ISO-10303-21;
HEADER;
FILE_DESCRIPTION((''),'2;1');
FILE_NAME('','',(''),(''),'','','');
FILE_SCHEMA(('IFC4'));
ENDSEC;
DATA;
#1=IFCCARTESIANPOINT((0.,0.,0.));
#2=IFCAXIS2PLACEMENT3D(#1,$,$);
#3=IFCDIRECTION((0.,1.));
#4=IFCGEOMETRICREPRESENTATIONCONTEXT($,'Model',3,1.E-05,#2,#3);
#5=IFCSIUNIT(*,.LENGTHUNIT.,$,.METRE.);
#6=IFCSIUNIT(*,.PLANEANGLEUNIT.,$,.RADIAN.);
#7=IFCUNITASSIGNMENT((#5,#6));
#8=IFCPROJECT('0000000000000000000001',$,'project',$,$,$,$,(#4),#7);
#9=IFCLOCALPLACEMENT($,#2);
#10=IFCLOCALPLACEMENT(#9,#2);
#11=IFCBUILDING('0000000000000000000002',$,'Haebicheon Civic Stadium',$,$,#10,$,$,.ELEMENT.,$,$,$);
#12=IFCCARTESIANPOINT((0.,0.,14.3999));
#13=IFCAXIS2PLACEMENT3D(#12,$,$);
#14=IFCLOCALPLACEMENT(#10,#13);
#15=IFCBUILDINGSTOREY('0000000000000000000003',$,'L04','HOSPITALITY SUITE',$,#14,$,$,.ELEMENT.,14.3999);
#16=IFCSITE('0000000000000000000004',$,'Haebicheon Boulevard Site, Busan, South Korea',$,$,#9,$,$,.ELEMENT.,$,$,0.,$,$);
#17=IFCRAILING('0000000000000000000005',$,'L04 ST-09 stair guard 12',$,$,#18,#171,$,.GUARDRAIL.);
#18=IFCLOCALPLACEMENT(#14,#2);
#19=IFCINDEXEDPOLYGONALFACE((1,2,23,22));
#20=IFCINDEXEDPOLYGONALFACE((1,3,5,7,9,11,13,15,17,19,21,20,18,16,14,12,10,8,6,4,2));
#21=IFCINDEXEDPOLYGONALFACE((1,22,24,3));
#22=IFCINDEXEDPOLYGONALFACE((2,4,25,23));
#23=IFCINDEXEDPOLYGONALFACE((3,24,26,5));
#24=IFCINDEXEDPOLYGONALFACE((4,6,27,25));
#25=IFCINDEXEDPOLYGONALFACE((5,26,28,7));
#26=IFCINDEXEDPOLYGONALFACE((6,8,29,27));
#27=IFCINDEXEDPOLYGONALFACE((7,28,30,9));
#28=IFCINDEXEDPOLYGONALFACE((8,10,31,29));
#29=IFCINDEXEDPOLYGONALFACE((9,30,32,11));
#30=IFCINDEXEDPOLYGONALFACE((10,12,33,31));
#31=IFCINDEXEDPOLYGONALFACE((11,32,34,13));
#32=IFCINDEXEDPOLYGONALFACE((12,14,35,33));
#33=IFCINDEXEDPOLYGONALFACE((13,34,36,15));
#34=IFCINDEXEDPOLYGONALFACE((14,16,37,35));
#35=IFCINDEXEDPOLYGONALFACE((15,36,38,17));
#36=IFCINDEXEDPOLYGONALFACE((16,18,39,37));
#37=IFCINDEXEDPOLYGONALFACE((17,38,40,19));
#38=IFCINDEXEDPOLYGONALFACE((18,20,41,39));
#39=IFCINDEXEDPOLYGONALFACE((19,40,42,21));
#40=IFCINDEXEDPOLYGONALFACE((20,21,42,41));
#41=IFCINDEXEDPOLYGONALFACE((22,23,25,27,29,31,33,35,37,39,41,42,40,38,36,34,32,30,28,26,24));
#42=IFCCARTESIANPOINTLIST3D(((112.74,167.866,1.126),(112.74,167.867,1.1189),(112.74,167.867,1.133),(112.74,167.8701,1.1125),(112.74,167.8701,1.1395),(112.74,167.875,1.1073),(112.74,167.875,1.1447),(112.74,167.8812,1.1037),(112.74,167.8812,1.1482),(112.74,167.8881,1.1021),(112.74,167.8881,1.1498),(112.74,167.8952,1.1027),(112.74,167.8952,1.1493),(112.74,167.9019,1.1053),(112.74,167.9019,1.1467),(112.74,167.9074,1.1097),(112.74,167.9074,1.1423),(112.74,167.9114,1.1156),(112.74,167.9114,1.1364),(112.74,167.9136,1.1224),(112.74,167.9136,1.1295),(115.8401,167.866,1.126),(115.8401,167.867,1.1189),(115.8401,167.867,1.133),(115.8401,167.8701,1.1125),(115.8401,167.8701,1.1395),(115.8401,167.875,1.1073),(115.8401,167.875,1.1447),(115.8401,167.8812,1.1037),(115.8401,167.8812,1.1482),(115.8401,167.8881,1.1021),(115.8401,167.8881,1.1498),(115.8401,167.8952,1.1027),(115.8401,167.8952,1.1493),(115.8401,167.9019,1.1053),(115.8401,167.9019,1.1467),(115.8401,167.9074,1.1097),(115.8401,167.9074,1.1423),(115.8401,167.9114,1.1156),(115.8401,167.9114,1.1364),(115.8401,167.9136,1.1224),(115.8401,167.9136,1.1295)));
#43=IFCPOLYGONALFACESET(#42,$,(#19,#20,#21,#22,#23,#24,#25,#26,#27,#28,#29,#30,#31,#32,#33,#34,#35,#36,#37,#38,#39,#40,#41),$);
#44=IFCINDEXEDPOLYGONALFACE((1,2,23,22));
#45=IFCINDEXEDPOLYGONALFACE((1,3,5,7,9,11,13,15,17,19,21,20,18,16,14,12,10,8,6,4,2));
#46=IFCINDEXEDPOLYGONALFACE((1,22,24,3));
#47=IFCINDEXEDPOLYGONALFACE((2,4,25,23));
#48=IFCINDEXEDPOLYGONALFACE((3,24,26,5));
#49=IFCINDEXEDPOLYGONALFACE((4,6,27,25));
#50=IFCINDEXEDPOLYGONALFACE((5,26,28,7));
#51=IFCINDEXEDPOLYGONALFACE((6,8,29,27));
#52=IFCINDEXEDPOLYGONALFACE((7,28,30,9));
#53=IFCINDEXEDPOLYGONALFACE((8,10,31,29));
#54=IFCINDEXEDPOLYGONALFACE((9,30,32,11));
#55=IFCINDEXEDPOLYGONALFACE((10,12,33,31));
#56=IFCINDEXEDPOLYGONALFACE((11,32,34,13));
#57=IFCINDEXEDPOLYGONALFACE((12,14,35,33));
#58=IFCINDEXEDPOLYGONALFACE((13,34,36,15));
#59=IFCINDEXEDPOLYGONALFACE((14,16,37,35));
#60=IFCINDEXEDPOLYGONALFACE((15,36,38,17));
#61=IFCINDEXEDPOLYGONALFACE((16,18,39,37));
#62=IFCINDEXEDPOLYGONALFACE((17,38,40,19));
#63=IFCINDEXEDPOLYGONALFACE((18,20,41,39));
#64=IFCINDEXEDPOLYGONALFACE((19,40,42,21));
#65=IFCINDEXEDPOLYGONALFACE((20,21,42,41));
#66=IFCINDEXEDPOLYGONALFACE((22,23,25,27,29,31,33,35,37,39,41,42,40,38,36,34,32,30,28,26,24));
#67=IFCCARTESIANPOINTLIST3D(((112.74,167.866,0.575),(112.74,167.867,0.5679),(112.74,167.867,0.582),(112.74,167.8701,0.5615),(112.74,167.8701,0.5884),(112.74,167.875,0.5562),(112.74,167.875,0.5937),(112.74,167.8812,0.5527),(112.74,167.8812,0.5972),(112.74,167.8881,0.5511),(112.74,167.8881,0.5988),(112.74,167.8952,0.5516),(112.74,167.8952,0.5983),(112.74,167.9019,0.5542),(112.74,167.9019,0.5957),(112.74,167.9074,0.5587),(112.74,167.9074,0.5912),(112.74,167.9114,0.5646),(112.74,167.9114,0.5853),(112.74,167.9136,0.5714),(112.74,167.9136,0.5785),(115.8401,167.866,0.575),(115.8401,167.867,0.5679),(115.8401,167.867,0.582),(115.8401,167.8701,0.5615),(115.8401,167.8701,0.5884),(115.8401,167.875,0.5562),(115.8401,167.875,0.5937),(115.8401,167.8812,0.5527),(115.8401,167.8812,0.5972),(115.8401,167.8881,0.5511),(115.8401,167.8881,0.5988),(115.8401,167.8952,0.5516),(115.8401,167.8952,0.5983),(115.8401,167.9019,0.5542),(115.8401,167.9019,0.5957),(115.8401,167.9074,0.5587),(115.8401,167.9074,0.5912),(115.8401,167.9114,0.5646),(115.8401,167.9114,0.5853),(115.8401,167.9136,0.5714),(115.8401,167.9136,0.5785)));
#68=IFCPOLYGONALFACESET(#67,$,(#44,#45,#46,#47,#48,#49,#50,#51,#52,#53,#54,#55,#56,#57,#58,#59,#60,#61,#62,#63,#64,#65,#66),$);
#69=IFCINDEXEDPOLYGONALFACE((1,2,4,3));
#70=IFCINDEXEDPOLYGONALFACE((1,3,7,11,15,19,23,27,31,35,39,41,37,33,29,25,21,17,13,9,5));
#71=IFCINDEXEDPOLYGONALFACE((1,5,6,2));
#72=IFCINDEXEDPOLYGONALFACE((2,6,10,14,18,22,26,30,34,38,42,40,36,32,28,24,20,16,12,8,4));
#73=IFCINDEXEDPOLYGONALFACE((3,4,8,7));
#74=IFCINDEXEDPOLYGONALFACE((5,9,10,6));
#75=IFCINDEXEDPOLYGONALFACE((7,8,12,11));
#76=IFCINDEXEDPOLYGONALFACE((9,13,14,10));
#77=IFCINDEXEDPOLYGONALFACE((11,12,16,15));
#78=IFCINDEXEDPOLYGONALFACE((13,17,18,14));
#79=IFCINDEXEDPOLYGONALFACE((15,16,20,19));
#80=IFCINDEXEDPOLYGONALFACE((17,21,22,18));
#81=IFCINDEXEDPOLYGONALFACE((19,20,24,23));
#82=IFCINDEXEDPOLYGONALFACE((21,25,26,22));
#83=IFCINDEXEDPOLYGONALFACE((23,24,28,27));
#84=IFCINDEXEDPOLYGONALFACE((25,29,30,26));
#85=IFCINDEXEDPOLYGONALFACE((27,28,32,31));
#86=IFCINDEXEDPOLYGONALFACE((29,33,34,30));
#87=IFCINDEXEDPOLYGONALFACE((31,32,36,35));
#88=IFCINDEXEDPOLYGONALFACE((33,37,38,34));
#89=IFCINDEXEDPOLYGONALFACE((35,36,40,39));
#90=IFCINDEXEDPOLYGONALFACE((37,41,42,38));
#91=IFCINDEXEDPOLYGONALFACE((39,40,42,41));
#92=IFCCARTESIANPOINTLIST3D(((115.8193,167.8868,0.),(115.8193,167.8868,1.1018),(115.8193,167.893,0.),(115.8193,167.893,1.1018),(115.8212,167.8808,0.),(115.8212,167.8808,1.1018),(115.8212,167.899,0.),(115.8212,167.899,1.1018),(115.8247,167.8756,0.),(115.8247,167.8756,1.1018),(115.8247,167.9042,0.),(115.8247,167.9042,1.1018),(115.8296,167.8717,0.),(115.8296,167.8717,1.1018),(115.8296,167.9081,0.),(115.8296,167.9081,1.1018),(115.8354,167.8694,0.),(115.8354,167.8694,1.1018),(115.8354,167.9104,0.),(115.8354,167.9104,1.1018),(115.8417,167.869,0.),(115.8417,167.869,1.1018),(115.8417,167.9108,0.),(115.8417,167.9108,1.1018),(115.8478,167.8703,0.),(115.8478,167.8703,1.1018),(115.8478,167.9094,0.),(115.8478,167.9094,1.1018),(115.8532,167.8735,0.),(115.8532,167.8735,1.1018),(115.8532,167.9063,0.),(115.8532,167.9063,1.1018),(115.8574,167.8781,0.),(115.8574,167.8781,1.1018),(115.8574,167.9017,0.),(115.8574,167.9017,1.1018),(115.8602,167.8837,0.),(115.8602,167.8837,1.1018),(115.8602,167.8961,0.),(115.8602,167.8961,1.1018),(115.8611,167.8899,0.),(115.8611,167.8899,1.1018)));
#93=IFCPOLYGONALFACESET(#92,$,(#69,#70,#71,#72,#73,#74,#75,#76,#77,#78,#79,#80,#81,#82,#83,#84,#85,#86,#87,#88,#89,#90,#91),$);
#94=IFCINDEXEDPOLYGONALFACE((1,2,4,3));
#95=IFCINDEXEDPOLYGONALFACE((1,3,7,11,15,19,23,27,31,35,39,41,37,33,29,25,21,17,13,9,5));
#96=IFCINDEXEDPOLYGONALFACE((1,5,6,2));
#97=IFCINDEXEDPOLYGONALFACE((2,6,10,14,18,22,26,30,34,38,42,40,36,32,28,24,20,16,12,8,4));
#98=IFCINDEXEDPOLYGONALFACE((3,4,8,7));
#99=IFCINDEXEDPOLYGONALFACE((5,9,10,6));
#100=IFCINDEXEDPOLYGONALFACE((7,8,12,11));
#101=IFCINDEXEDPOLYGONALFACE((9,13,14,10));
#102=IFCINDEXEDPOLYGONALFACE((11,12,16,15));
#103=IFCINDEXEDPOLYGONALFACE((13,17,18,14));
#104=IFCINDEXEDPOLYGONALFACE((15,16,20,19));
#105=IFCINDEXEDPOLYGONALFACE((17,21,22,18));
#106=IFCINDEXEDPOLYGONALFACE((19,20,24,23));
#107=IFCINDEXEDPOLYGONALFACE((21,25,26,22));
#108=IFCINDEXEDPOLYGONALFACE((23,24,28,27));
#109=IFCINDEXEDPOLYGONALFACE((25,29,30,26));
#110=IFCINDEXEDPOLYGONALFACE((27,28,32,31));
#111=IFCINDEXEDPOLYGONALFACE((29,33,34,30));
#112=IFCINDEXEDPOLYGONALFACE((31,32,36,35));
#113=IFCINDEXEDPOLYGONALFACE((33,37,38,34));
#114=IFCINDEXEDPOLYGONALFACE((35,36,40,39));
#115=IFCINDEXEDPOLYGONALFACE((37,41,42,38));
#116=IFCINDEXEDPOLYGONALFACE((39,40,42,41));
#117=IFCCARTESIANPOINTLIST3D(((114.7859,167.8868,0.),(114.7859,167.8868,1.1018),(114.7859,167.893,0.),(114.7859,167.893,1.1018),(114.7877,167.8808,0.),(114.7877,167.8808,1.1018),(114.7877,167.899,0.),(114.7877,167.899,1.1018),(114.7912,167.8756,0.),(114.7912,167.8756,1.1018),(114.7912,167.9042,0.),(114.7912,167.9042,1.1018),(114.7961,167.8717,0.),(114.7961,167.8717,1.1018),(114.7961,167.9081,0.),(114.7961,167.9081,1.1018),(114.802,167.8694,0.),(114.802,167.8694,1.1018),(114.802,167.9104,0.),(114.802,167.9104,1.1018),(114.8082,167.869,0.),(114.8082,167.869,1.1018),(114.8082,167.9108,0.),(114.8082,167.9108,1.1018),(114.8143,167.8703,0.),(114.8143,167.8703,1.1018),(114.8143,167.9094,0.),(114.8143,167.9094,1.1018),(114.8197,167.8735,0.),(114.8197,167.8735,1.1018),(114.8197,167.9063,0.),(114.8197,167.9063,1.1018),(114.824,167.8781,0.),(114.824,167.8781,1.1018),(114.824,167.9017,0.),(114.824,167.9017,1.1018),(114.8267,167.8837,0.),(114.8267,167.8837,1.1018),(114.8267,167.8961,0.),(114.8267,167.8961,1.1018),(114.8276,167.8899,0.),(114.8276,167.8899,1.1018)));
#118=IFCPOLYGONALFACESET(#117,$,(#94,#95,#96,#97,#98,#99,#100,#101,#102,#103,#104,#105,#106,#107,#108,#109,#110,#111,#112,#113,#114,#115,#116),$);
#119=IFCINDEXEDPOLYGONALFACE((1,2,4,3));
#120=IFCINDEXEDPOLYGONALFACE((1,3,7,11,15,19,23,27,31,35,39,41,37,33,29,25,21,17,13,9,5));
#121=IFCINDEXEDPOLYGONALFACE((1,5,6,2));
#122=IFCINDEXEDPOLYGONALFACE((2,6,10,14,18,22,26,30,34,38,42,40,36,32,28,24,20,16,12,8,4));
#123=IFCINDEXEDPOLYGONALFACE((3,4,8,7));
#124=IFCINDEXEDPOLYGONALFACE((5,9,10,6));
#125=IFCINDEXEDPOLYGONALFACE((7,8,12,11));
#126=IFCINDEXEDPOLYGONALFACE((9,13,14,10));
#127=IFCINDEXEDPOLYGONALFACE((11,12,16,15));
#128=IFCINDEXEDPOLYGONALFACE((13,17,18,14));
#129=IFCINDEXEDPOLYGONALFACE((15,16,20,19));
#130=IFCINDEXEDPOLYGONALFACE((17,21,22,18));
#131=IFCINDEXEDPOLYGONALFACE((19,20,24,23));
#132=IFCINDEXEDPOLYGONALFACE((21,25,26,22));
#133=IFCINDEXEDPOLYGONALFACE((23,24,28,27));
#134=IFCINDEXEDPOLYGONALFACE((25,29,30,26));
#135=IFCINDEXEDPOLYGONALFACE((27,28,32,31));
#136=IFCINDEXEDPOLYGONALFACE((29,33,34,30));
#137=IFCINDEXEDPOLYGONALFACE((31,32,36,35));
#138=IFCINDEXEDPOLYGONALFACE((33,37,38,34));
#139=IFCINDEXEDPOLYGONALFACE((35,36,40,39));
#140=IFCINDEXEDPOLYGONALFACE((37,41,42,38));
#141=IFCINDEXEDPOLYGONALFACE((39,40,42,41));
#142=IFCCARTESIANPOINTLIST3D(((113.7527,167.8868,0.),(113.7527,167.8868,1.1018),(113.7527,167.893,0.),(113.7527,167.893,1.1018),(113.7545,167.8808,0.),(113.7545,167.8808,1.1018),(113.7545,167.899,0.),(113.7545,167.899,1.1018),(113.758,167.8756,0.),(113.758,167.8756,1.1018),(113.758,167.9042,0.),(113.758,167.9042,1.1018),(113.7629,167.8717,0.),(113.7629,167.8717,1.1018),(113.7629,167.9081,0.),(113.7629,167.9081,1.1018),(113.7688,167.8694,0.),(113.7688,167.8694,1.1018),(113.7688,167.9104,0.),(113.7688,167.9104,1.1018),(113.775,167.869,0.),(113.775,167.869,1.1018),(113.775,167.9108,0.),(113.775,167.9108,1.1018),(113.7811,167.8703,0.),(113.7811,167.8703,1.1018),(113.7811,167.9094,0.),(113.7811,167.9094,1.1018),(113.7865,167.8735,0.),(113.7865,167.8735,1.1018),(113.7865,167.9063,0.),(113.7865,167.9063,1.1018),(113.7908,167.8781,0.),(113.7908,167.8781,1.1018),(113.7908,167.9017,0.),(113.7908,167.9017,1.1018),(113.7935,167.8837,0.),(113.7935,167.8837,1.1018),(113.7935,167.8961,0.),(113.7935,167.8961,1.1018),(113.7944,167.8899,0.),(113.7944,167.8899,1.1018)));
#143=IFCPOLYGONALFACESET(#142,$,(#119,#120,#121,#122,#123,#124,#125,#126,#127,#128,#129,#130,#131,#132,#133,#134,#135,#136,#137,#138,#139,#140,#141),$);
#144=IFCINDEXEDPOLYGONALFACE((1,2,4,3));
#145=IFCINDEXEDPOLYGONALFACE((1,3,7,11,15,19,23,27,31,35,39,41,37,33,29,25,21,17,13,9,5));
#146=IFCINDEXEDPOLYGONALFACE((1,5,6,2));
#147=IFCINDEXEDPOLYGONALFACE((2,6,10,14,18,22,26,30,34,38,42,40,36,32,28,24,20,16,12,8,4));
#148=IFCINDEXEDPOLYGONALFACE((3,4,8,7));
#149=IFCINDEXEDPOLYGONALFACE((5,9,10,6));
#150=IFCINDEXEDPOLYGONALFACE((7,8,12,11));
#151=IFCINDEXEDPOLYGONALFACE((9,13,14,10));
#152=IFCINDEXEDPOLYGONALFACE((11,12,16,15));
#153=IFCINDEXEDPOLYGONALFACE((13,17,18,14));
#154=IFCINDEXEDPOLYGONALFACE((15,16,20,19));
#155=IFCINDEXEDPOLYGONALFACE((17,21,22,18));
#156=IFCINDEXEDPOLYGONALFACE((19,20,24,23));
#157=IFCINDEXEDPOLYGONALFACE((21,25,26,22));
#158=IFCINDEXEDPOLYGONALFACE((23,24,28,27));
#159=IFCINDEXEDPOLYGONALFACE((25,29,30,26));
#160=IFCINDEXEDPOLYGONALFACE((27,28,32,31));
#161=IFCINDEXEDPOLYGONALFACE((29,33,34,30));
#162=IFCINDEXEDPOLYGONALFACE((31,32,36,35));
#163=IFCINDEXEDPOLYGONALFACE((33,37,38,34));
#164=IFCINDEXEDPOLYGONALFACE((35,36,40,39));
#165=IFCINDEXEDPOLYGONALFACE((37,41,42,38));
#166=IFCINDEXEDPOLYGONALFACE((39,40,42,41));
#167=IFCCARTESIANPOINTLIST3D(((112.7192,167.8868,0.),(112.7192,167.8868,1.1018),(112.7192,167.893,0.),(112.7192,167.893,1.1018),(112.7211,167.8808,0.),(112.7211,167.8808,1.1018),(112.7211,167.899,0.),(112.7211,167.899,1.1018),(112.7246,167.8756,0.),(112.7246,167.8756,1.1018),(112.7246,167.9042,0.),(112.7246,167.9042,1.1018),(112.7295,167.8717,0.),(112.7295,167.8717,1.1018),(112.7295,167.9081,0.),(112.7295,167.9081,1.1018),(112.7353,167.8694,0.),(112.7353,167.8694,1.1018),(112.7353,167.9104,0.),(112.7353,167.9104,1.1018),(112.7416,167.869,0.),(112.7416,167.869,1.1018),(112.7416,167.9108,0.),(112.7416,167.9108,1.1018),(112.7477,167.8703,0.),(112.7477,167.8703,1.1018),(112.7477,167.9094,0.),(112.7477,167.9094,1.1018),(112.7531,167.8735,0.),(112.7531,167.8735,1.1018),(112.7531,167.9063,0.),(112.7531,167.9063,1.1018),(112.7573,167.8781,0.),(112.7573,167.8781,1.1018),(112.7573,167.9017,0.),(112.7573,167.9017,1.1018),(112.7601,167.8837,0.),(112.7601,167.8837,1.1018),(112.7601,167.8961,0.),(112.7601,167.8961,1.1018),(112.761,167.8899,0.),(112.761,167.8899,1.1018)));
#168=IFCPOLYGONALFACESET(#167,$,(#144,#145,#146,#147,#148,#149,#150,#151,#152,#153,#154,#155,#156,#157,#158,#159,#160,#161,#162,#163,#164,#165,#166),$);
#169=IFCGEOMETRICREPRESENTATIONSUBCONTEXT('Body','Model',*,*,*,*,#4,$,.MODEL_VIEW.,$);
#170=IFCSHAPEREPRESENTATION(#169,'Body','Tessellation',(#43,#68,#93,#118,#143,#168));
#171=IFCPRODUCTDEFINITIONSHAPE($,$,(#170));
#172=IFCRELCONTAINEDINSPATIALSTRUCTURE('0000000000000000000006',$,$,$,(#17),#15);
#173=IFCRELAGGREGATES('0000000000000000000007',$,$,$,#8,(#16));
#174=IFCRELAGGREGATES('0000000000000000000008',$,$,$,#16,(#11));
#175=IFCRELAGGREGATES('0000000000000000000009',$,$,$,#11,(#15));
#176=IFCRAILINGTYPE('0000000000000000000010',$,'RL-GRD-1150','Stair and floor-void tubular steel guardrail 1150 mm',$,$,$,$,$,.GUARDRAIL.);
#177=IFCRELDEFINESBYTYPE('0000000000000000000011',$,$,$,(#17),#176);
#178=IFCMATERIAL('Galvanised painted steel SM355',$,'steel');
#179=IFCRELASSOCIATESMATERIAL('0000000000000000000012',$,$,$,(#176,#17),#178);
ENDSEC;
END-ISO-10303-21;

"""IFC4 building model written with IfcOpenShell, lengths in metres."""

from ifc_helpers import new_model, si_unit, direction, frame, origin, origin_2d, place, context, subcontext, project, spatial, circle, extrude, material, type_object, element, save


model = new_model("IFC4")

# Units and contexts
model_context = context("Model", 3, precision=1e-05, world=origin(), true_north=direction((0.0, 1.0)))
body_context = subcontext(model_context, "Body", "Model", "MODEL_VIEW")
ifc_project = project(units=[si_unit("LENGTHUNIT", "METRE"), si_unit("PLANEANGLEUNIT", "RADIAN")], contexts=[model_context])

# Site, building, storey
site_placement = place(None, origin())
site = spatial("IfcSite", under=ifc_project, at=site_placement, Name="Haebicheon Boulevard Site, Busan, South Korea", CompositionType="ELEMENT", RefElevation=0.0)
building_placement = place(site_placement, origin())
building = spatial("IfcBuilding", under=site, at=building_placement, Name="Haebicheon Civic Stadium", CompositionType="ELEMENT")
storey_placement = place(building_placement, frame((0.0, 0.0, 14.3999)))
storey = spatial("IfcBuildingStorey", under=building, at=storey_placement, Name="L04", Description="HOSPITALITY SUITE", CompositionType="ELEMENT", Elevation=14.3999)

# Railing
ifc_material_1 = material(Name="Galvanised painted steel SM355", Category="steel")
railing_type_1 = type_object("IfcRailingType", Name="RL-GRD-1150", Description="Stair and floor-void tubular steel guardrail 1150 mm", PredefinedType="GUARDRAIL", material=ifc_material_1)
railing_1_placement = place(storey_placement, frame((115.8401, 167.8899, 0.0)))
element("IfcRailing", 1, at=railing_1_placement, inside=storey, type_object=railing_type_1, material=ifc_material_1, Name="L04 ST-09 stair guard 12", PredefinedType="GUARDRAIL", context=body_context, shape_type="SweptSolid", body=[
    extrude(circle(Radius=0.0239, at=origin_2d()), frame((0.0, 0.0, 1.126), z_axis=(-1.0, 0.0, 0.0), x_axis=(0.0, -1.0, 0.0)), (0.0, 0.0, 1.0), 3.1001),
    extrude(circle(Radius=0.0239, at=origin_2d()), frame((0.0, 0.0, 0.575), z_axis=(-1.0, 0.0, 0.0), x_axis=(0.0, -1.0, 0.0)), (0.0, 0.0, 1.0), 3.1001),
    extrude(circle(Radius=0.021, at=origin_2d()), origin(), (0.0, 0.0, 1.0), 1.1018),
    extrude(circle(Radius=0.021, at=origin_2d()), frame((-1.0334, 0.0, 0.0)), (0.0, 0.0, 1.0), 1.1018),
    extrude(circle(Radius=0.021, at=origin_2d()), frame((-2.0667, 0.0, 0.0)), (0.0, 0.0, 1.0), 1.1018),
    extrude(circle(Radius=0.021, at=origin_2d()), frame((-3.1001, 0.0, 0.0)), (0.0, 0.0, 1.0), 1.1018),
])

save(model, "model.ifc")
